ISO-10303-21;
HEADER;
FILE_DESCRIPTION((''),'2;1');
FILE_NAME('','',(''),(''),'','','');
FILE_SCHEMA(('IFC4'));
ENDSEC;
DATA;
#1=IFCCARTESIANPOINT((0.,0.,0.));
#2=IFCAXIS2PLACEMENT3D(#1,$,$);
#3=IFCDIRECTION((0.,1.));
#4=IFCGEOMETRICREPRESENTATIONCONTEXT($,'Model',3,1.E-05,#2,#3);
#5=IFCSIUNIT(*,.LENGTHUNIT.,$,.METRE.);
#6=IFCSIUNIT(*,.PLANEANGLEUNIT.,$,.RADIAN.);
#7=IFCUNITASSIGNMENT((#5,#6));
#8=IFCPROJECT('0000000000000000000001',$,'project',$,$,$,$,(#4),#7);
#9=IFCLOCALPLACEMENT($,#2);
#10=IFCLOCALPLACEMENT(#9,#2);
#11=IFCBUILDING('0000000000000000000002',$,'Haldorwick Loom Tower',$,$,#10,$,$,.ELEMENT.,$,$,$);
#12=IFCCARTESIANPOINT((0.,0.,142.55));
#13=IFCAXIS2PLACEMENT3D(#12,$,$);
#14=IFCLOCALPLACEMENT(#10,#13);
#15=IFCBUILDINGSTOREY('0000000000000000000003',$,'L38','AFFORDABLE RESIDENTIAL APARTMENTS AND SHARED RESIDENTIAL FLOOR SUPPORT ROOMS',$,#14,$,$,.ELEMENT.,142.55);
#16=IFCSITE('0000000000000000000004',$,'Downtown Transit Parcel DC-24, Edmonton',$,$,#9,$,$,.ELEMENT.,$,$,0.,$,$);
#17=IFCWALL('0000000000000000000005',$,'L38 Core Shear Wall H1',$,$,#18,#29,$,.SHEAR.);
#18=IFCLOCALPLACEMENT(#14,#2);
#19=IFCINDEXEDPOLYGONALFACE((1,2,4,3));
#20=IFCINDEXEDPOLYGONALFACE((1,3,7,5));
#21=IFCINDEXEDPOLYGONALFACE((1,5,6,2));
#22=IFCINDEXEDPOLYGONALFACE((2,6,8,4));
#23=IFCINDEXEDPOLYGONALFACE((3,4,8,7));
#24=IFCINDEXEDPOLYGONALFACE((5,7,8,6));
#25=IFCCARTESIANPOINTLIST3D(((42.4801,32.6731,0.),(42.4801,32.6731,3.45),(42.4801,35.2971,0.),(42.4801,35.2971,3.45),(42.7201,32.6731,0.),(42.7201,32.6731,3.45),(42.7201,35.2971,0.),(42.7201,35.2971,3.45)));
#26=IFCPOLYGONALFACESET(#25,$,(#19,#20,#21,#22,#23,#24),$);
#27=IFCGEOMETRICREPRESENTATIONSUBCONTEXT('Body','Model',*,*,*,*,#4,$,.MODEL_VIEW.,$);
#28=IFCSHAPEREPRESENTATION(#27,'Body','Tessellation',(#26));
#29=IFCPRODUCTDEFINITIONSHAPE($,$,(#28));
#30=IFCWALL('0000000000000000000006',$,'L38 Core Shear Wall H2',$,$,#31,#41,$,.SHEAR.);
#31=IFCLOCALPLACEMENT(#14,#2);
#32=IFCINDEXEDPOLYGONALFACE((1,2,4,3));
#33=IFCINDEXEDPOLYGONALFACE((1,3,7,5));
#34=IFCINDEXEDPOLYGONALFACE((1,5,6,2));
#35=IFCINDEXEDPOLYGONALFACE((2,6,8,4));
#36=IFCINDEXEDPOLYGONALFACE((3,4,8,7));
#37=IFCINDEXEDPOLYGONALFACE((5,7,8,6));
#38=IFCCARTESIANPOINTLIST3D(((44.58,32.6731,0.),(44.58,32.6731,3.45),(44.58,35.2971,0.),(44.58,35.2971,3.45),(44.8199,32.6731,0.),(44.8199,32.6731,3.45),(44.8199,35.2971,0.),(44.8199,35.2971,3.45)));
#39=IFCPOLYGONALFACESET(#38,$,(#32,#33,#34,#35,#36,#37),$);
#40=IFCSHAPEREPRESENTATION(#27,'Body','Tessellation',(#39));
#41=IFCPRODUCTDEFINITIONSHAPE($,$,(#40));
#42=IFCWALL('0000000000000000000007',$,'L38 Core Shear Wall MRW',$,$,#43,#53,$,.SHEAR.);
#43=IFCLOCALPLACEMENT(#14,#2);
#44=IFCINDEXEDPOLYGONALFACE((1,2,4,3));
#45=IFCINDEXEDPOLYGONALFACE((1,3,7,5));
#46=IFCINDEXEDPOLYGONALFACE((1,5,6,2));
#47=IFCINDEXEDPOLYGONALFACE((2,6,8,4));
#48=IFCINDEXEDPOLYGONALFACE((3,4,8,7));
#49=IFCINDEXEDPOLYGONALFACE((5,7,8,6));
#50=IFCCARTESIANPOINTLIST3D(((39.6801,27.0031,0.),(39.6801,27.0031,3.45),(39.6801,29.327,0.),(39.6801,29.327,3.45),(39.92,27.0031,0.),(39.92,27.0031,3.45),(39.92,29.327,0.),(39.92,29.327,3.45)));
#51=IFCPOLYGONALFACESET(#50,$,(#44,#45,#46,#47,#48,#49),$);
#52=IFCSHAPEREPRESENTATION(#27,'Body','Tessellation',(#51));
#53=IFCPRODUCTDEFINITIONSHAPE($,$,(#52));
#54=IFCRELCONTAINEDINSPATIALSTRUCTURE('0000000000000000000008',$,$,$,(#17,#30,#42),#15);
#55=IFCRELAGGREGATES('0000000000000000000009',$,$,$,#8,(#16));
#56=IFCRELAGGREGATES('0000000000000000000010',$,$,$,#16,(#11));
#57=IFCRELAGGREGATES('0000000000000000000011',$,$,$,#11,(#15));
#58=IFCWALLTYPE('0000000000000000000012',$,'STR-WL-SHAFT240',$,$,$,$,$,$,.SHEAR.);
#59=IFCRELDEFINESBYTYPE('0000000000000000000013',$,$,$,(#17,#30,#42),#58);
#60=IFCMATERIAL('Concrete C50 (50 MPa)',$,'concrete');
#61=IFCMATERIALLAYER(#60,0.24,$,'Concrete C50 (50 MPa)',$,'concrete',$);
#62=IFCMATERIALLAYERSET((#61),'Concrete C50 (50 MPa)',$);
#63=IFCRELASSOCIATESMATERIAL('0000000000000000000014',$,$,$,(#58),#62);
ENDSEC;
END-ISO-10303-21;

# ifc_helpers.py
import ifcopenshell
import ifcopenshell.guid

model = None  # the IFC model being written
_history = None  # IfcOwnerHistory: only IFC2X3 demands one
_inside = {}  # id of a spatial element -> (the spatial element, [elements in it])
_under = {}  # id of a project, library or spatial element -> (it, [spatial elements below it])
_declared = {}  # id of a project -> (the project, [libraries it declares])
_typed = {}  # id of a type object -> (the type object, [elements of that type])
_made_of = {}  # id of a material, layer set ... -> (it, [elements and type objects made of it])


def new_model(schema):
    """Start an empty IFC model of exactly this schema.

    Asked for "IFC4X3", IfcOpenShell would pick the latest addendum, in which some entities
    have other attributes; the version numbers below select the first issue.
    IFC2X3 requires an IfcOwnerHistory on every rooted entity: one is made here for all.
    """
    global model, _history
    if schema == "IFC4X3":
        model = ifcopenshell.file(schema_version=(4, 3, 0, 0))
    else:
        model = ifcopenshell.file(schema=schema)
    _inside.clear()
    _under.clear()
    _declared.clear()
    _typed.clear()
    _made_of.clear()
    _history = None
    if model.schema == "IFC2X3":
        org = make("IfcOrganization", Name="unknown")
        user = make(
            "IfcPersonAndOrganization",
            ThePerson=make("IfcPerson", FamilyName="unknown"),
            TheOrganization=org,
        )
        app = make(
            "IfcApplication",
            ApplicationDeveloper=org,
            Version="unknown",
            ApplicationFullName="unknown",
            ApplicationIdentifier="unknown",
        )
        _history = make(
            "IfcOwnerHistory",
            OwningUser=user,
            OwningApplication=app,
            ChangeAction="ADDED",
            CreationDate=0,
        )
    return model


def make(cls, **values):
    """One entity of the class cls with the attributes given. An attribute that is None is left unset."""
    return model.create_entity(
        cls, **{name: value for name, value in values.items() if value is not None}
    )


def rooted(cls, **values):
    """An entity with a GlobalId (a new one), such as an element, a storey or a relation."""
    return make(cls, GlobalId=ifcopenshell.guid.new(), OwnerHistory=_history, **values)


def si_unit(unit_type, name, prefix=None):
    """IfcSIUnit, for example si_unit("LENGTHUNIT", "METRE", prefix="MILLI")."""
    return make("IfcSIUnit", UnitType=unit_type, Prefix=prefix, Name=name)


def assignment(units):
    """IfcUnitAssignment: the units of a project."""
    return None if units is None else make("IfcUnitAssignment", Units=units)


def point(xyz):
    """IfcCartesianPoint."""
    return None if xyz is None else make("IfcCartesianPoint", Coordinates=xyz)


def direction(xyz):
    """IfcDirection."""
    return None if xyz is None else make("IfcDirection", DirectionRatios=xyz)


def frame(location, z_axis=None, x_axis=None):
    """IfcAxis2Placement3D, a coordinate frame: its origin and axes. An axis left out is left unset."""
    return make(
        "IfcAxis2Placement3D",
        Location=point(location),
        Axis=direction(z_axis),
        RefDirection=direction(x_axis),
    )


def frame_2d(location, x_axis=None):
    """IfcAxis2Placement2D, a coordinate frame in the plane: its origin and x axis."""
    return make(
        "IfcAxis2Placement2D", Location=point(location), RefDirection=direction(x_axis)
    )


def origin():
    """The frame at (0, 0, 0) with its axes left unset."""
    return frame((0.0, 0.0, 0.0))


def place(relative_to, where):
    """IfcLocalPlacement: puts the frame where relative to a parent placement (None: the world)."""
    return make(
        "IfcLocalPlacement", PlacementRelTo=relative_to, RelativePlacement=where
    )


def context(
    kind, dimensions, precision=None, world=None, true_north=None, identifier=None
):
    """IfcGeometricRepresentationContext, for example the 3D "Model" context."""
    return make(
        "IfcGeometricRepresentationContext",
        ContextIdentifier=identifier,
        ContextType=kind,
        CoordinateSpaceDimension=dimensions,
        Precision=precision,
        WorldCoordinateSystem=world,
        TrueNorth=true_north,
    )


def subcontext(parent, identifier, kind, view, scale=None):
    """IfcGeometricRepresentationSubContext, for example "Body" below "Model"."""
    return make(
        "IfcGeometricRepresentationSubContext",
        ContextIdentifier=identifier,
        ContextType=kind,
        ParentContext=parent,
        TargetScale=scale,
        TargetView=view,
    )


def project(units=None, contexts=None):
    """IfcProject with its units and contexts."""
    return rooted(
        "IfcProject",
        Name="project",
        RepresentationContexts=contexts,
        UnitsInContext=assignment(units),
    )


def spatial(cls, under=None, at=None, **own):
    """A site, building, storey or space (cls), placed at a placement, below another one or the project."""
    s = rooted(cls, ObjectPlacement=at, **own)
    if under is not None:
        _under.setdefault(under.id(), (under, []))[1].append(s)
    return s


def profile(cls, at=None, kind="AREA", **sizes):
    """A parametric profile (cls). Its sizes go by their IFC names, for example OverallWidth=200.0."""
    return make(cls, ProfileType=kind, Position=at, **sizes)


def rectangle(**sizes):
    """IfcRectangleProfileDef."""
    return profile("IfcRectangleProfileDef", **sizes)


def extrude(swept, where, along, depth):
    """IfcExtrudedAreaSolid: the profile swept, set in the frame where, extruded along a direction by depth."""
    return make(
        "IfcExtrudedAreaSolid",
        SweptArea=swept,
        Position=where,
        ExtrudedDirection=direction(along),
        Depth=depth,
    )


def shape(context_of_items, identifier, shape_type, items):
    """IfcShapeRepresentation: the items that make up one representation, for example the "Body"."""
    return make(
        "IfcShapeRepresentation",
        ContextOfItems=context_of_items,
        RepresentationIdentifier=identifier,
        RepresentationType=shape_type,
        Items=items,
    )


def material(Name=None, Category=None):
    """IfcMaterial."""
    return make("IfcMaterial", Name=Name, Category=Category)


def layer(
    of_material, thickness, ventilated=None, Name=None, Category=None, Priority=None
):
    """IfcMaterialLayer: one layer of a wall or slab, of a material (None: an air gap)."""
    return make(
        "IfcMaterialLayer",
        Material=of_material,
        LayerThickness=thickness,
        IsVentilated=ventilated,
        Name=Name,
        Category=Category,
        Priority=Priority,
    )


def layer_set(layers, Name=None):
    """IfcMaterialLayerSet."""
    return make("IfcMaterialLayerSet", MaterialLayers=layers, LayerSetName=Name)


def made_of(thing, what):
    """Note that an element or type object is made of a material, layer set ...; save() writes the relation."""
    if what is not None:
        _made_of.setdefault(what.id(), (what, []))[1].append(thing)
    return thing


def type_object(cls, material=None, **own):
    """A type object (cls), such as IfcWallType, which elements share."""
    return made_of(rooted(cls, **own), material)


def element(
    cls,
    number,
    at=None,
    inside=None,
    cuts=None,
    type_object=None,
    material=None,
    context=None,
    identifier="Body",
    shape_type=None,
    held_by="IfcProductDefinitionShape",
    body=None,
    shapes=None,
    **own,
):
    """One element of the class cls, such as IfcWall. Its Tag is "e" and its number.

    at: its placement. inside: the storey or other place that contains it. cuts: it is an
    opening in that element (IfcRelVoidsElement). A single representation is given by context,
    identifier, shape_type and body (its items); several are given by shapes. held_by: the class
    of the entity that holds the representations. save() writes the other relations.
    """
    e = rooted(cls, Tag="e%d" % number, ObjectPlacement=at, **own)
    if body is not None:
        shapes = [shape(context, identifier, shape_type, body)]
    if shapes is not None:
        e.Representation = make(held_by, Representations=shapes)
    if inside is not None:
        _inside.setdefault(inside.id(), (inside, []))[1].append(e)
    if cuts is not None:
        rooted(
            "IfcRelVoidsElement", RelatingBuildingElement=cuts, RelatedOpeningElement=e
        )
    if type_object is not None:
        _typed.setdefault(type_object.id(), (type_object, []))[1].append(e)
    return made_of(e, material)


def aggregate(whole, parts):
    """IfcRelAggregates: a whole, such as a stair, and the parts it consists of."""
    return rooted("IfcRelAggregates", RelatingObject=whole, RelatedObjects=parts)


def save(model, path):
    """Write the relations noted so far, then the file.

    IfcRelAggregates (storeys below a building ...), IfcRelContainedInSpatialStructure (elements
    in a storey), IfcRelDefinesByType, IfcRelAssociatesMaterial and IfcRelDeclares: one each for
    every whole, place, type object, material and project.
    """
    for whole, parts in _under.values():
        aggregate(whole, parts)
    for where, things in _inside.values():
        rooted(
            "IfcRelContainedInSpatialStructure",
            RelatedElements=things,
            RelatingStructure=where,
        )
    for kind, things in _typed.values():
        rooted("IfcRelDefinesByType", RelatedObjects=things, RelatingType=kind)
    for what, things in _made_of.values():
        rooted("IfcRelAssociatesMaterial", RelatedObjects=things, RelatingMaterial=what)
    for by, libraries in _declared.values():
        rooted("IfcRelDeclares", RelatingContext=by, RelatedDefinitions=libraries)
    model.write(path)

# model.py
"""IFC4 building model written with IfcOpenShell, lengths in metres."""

from ifc_helpers import new_model, si_unit, direction, frame, frame_2d, origin, place, context, subcontext, project, spatial, rectangle, extrude, material, layer, layer_set, type_object, element, save


model = new_model("IFC4")

# Units and contexts
model_context = context("Model", 3, precision=1e-05, world=origin(), true_north=direction((0.0, 1.0)))
body_context = subcontext(model_context, "Body", "Model", "MODEL_VIEW")
ifc_project = project(units=[si_unit("LENGTHUNIT", "METRE"), si_unit("PLANEANGLEUNIT", "RADIAN")], contexts=[model_context])

# Site, building, storey
site_placement = place(None, origin())
site = spatial("IfcSite", under=ifc_project, at=site_placement, Name="Downtown Transit Parcel DC-24, Edmonton", CompositionType="ELEMENT", RefElevation=0.0)
building_placement = place(site_placement, origin())
building = spatial("IfcBuilding", under=site, at=building_placement, Name="Haldorwick Loom Tower", CompositionType="ELEMENT")
storey_placement = place(building_placement, frame((0.0, 0.0, 142.55)))
storey = spatial("IfcBuildingStorey", under=building, at=storey_placement, Name="L38", Description="AFFORDABLE RESIDENTIAL APARTMENTS AND SHARED RESIDENTIAL FLOOR SUPPORT ROOMS", CompositionType="ELEMENT", Elevation=142.55)

# Shared definitions
ifc_material_1 = material(Name="Concrete C50 (50 MPa)", Category="concrete")
ifc_layer_1 = layer(ifc_material_1, 0.24, Name="Concrete C50 (50 MPa)", Category="concrete")
ifc_layer_set_1 = layer_set([ifc_layer_1], Name="Concrete C50 (50 MPa)")
wall_type_1 = type_object("IfcWallType", Name="STR-WL-SHAFT240", PredefinedType="SHEAR", material=ifc_layer_set_1)

# Walls
for number, where, z_axis, x_axis, name in (
    (1, (42.6001, 32.6731, 0.0), (0.0, 0.0, 1.0), (0.0, 1.0, 0.0), "L38 Core Shear Wall H1"),
    (2, (44.7, 32.6731, 0.0), (0.0, 0.0, 1.0), (0.0, 1.0, 0.0), "L38 Core Shear Wall H2"),
):
    element("IfcWall", number, at=place(storey_placement, frame(where, z_axis=z_axis, x_axis=x_axis)), inside=storey, type_object=wall_type_1, Name=name, PredefinedType="SHEAR", context=body_context, shape_type="SweptSolid", body=[
        extrude(rectangle(XDim=2.624, YDim=0.24, at=frame_2d((1.312, 0.0))), origin(), (0.0, 0.0, 1.0), 3.45),
    ])
wall_1_placement = place(storey_placement, frame((39.8, 27.0029, 0.0), z_axis=(0.0, 0.0, 1.0), x_axis=(0.0, 1.0, 0.0)))
element("IfcWall", 3, at=wall_1_placement, inside=storey, type_object=wall_type_1, Name="L38 Core Shear Wall MRW", PredefinedType="SHEAR", context=body_context, shape_type="SweptSolid", body=[
    extrude(rectangle(XDim=2.324, YDim=0.24, at=frame_2d((1.1621, 0.0))), origin(), (0.0, 0.0, 1.0), 3.45),
])

save(model, "model.ifc")
